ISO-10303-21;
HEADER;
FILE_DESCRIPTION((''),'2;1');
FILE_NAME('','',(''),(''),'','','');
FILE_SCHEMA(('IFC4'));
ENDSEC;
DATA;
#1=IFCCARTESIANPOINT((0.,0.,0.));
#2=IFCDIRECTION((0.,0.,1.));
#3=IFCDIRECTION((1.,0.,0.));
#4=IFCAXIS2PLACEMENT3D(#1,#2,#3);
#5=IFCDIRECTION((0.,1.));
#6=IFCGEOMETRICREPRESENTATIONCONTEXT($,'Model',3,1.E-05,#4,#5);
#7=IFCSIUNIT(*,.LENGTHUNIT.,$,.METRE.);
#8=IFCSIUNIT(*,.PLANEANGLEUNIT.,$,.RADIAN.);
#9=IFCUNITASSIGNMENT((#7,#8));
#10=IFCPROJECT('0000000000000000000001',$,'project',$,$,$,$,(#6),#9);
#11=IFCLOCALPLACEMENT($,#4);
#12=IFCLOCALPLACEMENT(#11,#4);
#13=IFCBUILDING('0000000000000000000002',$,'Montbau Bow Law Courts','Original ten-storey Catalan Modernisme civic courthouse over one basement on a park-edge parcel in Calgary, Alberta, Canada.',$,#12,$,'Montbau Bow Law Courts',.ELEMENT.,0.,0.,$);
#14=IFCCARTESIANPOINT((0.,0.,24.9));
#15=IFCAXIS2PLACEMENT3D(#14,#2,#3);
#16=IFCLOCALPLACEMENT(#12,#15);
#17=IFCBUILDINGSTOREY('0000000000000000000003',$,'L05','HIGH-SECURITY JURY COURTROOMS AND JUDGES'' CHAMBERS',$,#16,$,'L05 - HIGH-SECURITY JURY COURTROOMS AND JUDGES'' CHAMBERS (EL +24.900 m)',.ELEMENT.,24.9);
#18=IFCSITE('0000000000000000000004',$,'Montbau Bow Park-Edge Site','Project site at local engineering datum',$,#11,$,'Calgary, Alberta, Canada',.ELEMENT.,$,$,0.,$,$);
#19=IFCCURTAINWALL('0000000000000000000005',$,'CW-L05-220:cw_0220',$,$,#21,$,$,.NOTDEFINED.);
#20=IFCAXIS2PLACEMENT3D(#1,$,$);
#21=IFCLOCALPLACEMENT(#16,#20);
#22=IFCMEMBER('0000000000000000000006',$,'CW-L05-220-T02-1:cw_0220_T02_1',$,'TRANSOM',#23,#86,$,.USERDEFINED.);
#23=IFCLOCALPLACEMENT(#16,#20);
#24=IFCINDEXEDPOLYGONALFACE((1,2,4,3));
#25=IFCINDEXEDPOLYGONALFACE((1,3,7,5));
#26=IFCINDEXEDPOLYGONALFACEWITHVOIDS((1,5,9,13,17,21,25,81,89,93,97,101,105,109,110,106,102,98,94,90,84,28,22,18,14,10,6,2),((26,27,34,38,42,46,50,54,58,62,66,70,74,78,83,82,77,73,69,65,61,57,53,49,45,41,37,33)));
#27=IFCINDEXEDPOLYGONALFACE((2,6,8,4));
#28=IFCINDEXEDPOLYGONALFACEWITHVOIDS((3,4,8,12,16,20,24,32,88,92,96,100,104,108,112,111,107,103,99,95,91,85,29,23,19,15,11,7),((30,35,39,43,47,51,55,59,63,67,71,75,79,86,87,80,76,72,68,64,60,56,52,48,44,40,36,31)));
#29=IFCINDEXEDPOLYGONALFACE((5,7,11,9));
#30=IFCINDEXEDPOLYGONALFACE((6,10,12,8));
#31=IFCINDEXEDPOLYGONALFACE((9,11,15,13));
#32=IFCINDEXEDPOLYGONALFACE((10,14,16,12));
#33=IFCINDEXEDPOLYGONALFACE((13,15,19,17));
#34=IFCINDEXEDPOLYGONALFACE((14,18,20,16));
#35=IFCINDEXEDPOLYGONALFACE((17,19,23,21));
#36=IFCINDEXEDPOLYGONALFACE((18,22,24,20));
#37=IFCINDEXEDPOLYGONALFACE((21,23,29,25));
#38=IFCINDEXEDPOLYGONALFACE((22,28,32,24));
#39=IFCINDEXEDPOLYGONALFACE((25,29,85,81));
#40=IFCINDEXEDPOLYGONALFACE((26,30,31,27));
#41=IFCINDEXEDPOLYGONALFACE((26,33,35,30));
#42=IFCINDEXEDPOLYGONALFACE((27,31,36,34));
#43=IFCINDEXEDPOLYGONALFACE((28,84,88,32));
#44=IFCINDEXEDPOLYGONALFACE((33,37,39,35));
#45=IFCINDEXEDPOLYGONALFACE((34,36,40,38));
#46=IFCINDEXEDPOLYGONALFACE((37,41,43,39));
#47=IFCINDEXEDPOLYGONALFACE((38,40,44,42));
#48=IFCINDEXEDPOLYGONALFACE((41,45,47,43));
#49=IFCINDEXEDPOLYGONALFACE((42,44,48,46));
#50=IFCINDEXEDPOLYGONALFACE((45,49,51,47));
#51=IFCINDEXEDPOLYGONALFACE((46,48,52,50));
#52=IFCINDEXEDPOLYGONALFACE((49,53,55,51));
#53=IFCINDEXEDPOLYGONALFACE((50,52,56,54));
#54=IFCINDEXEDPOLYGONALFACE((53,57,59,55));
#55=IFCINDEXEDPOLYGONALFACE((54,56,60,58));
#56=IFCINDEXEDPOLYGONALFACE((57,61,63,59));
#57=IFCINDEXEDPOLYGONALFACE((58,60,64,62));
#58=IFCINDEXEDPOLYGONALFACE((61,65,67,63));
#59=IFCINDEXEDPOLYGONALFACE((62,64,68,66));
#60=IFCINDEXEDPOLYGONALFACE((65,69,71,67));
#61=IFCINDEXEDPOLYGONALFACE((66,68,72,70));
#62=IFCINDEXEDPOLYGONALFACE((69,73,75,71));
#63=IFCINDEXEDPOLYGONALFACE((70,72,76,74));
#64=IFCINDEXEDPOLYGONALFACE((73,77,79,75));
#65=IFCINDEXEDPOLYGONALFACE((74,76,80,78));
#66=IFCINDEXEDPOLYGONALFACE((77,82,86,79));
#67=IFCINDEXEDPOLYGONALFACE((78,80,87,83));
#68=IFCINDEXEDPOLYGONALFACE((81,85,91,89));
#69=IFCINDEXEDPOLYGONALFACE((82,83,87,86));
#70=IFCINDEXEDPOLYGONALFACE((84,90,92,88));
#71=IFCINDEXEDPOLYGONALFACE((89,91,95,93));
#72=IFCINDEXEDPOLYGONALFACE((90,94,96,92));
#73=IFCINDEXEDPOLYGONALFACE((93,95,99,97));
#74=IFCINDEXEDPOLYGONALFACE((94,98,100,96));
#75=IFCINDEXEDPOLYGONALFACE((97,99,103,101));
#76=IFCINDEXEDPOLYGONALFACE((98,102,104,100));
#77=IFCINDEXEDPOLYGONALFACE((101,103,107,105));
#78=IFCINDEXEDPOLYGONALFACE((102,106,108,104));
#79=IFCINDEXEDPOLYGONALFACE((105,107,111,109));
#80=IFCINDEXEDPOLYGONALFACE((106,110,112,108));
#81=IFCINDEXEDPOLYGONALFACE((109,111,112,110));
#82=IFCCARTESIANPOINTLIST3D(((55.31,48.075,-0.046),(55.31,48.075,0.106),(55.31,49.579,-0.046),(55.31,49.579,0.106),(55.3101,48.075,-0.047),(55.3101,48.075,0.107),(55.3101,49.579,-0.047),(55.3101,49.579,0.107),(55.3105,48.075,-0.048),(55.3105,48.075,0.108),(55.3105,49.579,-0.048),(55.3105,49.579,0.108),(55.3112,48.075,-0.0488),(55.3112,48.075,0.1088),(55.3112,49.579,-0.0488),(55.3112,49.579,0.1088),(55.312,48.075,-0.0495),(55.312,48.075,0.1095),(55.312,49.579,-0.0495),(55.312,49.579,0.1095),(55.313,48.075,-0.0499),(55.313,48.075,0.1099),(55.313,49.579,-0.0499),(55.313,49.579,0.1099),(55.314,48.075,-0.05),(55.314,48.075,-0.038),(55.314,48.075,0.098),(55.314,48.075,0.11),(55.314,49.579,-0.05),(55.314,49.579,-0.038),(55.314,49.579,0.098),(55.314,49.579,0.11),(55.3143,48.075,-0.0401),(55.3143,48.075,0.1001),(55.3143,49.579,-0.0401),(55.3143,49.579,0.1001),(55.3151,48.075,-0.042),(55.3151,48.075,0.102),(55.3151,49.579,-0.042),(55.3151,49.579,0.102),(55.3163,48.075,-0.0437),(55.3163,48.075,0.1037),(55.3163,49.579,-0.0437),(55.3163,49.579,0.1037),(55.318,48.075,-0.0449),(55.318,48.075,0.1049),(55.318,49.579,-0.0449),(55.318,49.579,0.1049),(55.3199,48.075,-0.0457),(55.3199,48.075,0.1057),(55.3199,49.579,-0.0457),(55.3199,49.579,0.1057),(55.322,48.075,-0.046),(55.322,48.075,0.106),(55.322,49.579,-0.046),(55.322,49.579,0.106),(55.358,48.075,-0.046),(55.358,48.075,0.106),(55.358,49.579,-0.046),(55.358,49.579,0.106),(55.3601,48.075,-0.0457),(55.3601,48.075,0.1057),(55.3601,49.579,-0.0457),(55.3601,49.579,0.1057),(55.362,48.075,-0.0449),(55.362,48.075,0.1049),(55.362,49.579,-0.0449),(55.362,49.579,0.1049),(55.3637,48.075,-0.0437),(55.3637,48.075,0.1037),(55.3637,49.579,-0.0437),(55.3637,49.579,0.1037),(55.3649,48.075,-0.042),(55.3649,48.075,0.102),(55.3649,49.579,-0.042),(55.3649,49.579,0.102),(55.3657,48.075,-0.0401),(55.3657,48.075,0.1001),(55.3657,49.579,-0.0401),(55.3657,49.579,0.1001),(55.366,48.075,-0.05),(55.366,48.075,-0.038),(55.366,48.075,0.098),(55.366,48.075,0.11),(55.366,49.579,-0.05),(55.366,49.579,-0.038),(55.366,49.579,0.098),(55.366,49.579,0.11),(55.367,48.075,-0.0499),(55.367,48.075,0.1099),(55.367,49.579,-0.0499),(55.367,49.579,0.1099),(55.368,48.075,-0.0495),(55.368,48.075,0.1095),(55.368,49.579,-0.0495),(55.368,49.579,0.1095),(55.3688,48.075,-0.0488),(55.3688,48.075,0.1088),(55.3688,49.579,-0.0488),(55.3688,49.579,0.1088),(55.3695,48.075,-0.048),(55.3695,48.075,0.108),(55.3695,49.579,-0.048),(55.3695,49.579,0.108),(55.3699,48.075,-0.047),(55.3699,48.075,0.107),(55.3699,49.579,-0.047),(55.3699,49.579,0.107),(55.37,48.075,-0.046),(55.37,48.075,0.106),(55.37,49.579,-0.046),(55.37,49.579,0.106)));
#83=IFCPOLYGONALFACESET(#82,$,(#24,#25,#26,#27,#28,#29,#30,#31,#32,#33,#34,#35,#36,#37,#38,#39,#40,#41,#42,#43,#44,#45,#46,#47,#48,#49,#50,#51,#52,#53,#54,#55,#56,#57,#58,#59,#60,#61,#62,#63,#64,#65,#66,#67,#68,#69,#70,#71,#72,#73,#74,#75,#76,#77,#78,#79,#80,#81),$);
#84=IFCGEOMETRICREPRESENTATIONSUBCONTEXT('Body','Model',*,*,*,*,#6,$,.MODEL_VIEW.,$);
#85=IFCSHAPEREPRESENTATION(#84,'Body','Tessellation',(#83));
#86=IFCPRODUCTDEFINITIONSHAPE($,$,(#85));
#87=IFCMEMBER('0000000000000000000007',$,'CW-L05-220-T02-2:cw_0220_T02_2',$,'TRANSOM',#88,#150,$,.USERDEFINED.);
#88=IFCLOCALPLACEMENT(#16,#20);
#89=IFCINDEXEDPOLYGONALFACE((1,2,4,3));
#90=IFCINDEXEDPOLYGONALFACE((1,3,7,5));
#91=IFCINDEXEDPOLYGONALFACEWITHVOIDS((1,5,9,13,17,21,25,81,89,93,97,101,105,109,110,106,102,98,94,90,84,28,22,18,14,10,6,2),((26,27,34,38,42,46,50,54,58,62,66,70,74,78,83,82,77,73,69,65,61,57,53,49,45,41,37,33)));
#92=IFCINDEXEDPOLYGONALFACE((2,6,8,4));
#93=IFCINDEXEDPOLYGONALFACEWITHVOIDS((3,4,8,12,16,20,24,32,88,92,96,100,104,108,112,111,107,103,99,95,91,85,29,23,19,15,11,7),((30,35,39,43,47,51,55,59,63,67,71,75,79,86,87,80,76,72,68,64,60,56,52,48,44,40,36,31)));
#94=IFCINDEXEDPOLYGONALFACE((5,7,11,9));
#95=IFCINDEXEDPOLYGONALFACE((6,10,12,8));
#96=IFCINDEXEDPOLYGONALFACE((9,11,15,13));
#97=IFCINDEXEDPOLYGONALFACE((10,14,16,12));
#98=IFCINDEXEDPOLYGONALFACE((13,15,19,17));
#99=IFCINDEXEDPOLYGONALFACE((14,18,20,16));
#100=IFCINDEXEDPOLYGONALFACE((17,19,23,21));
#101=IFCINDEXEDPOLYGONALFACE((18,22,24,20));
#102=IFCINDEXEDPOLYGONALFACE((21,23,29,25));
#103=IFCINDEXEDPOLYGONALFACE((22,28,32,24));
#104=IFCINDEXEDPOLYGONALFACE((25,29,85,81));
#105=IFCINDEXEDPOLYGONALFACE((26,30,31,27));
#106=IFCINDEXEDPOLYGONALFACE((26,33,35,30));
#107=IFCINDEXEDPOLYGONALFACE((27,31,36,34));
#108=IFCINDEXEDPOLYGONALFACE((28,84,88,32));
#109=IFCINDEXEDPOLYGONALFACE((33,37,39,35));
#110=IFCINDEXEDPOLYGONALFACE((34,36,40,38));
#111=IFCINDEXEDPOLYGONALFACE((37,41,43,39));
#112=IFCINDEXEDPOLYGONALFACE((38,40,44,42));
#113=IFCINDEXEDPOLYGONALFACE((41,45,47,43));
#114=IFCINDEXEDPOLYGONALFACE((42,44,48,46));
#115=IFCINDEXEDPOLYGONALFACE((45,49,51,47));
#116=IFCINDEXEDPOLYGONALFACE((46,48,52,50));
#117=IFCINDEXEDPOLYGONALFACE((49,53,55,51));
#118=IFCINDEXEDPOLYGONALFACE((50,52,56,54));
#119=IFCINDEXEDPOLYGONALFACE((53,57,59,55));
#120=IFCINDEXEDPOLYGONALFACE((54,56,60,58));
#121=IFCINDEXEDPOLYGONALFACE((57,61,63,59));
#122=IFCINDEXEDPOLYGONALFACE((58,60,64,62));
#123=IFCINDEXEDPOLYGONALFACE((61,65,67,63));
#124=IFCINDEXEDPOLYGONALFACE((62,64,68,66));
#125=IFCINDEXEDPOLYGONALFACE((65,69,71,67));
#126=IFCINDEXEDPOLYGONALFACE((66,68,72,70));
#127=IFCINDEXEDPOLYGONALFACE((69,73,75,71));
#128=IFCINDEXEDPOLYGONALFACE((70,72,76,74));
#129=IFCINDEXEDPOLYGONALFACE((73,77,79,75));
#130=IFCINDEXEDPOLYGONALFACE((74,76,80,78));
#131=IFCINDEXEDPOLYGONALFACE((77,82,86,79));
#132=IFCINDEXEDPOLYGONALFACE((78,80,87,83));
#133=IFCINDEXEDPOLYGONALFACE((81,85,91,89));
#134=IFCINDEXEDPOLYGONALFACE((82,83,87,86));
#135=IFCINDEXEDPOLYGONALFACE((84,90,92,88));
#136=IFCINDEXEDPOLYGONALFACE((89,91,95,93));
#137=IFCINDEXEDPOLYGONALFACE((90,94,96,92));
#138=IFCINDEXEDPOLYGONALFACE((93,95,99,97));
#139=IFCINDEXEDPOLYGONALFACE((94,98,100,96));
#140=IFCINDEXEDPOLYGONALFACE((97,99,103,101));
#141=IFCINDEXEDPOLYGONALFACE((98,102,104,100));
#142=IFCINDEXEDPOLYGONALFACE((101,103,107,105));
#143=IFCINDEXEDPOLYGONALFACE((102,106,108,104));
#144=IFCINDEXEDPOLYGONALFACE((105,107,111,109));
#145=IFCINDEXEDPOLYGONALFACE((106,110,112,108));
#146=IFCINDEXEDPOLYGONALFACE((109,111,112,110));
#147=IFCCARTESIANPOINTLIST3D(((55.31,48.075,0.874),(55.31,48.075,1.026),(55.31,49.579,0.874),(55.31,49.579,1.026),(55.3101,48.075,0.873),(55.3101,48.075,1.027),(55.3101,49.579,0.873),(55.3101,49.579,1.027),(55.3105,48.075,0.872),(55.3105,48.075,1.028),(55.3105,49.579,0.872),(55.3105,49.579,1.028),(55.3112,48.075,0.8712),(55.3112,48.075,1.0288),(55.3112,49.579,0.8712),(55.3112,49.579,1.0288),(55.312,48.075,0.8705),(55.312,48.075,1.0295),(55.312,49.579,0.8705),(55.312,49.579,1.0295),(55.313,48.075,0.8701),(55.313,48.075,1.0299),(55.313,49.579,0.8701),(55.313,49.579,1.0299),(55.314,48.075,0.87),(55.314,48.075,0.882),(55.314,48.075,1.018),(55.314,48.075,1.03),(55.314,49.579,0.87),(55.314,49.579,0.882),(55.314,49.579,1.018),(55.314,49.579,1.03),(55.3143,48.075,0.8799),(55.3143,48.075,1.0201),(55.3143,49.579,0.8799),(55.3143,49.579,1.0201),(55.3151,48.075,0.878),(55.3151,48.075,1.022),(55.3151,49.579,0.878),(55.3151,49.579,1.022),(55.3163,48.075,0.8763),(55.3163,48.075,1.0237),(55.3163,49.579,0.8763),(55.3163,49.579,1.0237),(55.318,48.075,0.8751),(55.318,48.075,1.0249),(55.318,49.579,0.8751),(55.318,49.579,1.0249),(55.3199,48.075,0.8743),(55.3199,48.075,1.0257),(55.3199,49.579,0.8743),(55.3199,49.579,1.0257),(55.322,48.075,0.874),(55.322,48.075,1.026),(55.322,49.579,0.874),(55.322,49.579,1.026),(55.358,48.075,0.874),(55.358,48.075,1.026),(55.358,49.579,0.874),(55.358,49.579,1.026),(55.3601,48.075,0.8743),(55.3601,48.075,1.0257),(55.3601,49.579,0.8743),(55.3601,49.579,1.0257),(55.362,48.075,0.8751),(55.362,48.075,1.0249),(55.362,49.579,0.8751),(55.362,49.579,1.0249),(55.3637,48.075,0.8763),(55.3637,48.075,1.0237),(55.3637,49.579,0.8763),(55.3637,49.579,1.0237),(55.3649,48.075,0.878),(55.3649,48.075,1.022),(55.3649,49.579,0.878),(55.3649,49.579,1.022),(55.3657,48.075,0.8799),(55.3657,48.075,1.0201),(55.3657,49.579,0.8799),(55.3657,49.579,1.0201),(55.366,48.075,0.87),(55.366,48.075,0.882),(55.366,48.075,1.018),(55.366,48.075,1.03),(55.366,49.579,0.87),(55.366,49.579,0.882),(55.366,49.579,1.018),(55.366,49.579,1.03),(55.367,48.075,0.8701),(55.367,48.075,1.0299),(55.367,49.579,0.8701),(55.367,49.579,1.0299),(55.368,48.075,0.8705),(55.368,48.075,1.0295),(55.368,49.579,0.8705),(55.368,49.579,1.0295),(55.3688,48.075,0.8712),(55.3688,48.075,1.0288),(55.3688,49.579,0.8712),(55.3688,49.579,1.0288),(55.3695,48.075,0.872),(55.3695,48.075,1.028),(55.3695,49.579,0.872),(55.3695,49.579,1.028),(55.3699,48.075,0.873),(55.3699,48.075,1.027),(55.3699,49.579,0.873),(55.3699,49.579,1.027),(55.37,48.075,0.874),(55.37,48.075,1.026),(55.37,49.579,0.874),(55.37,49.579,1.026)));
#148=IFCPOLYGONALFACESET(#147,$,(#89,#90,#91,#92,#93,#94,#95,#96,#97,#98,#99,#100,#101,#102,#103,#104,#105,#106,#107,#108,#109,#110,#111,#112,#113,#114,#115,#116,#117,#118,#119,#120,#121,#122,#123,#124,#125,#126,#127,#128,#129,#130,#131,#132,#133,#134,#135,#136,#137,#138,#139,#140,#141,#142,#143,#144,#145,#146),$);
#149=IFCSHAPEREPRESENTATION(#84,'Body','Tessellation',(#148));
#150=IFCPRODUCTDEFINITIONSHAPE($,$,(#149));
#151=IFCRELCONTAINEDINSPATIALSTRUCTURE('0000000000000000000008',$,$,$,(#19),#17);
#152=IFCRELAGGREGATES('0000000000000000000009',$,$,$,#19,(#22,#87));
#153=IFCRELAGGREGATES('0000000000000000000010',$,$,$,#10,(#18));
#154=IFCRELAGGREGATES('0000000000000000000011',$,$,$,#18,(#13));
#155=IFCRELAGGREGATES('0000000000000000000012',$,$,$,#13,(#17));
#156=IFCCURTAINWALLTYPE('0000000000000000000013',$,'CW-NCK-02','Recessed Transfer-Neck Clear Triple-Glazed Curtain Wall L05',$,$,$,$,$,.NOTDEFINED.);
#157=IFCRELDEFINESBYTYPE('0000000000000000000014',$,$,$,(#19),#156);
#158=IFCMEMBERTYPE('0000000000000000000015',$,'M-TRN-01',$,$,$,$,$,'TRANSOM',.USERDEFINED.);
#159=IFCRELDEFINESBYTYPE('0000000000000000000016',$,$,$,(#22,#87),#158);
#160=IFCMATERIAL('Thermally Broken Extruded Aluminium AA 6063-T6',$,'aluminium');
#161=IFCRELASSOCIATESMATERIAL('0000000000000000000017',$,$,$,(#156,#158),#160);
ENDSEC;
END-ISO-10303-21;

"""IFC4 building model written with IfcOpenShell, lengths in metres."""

from ifc_helpers import new_model, si_unit, direction, frame, origin_with_axes, origin_2d_with_axis, place, context, subcontext, project, spatial, hollow_rectangle, extrude, material, material_profile, profile_set, type_object, element, aggregate, save


model = new_model("IFC4")

# Units and contexts
model_context = context("Model", 3, precision=1e-05, world=origin_with_axes(), true_north=direction((0.0, 1.0)))
body_context = subcontext(model_context, "Body", "Model", "MODEL_VIEW")
ifc_project = project(units=[si_unit("LENGTHUNIT", "METRE"), si_unit("PLANEANGLEUNIT", "RADIAN")], contexts=[model_context])

# Site, building, storey
site_placement = place(None, origin_with_axes())
site = spatial("IfcSite", under=ifc_project, at=site_placement, Name="Montbau Bow Park-Edge Site", Description="Project site at local engineering datum", LongName="Calgary, Alberta, Canada", CompositionType="ELEMENT", RefElevation=0.0)
building_placement = place(site_placement, origin_with_axes())
building = spatial("IfcBuilding", under=site, at=building_placement, Name="Montbau Bow Law Courts", Description="Original ten-storey Catalan Modernisme civic courthouse over one basement on a park-edge parcel in Calgary, Alberta, Canada.", LongName="Montbau Bow Law Courts", CompositionType="ELEMENT", ElevationOfRefHeight=0.0, ElevationOfTerrain=0.0)
storey_placement = place(building_placement, frame((0.0, 0.0, 24.9), z_axis=(0.0, 0.0, 1.0), x_axis=(1.0, 0.0, 0.0)))
storey = spatial("IfcBuildingStorey", under=building, at=storey_placement, Name="L05", Description="HIGH-SECURITY JURY COURTROOMS AND JUDGES' CHAMBERS", LongName="L05 - HIGH-SECURITY JURY COURTROOMS AND JUDGES' CHAMBERS (EL +24.900 m)", CompositionType="ELEMENT", Elevation=24.9)

# Curtain wall, members
ifc_material_1 = material(Name="Thermally Broken Extruded Aluminium AA 6063-T6", Category="aluminium")
curtain_wall_type = type_object("IfcCurtainWallType", Name="CW-NCK-02", Description="Recessed Transfer-Neck Clear Triple-Glazed Curtain Wall L05", PredefinedType="NOTDEFINED", material=ifc_material_1)
curtain_wall_placement = place(None, frame((55.34, 46.468, 24.9), z_axis=(0.0, 0.0, 1.0), x_axis=(1.0, 0.0, 0.0)))
curtain_wall = element("IfcCurtainWall", 1, at=curtain_wall_placement, inside=storey, type_object=curtain_wall_type, Name="CW-L05-220:cw_0220", PredefinedType="NOTDEFINED")
ifc_material_profile_1 = material_profile(ifc_material_1, hollow_rectangle(XDim=0.06, YDim=0.16, WallThickness=0.004, InnerFilletRadius=0.008, OuterFilletRadius=0.004, at=origin_2d_with_axis()), Name="CWT-160X60", Category="Main", Priority=0)
ifc_profile_set_1 = profile_set([ifc_material_profile_1], Name="Thermally Broken Extruded Aluminium AA 6063-T6")
member_type_1 = type_object("IfcMemberType", Name="M-TRN-01", ElementType="TRANSOM", PredefinedType="USERDEFINED", material=ifc_profile_set_1)
member_1_placement = place(None, frame((55.34, 48.075, 24.93), z_axis=(0.0, 1.0, 0.0), x_axis=(-1.0, 0.0, 0.0)))
member_1 = element("IfcMember", 2, at=member_1_placement, type_object=member_type_1, Name="CW-L05-220-T02-1:cw_0220_T02_1", ObjectType="TRANSOM", PredefinedType="USERDEFINED", context=body_context, shape_type="SweptSolid", body=[
    extrude(hollow_rectangle(XDim=0.06, YDim=0.16, WallThickness=0.004, InnerFilletRadius=0.008, OuterFilletRadius=0.004, at=origin_2d_with_axis()), origin_with_axes(), (0.0, 0.0, 1.0), 1.504),
])
member_2_placement = place(None, frame((55.34, 48.075, 25.85), z_axis=(0.0, 1.0, 0.0), x_axis=(-1.0, 0.0, 0.0)))
member_2 = element("IfcMember", 3, at=member_2_placement, type_object=member_type_1, Name="CW-L05-220-T02-2:cw_0220_T02_2", ObjectType="TRANSOM", PredefinedType="USERDEFINED", context=body_context, shape_type="SweptSolid", body=[
    extrude(hollow_rectangle(XDim=0.06, YDim=0.16, WallThickness=0.004, InnerFilletRadius=0.008, OuterFilletRadius=0.004, at=origin_2d_with_axis()), origin_with_axes(), (0.0, 0.0, 1.0), 1.504),
])
aggregate(curtain_wall, [member_1, member_2])

save(model, "model.ifc")
